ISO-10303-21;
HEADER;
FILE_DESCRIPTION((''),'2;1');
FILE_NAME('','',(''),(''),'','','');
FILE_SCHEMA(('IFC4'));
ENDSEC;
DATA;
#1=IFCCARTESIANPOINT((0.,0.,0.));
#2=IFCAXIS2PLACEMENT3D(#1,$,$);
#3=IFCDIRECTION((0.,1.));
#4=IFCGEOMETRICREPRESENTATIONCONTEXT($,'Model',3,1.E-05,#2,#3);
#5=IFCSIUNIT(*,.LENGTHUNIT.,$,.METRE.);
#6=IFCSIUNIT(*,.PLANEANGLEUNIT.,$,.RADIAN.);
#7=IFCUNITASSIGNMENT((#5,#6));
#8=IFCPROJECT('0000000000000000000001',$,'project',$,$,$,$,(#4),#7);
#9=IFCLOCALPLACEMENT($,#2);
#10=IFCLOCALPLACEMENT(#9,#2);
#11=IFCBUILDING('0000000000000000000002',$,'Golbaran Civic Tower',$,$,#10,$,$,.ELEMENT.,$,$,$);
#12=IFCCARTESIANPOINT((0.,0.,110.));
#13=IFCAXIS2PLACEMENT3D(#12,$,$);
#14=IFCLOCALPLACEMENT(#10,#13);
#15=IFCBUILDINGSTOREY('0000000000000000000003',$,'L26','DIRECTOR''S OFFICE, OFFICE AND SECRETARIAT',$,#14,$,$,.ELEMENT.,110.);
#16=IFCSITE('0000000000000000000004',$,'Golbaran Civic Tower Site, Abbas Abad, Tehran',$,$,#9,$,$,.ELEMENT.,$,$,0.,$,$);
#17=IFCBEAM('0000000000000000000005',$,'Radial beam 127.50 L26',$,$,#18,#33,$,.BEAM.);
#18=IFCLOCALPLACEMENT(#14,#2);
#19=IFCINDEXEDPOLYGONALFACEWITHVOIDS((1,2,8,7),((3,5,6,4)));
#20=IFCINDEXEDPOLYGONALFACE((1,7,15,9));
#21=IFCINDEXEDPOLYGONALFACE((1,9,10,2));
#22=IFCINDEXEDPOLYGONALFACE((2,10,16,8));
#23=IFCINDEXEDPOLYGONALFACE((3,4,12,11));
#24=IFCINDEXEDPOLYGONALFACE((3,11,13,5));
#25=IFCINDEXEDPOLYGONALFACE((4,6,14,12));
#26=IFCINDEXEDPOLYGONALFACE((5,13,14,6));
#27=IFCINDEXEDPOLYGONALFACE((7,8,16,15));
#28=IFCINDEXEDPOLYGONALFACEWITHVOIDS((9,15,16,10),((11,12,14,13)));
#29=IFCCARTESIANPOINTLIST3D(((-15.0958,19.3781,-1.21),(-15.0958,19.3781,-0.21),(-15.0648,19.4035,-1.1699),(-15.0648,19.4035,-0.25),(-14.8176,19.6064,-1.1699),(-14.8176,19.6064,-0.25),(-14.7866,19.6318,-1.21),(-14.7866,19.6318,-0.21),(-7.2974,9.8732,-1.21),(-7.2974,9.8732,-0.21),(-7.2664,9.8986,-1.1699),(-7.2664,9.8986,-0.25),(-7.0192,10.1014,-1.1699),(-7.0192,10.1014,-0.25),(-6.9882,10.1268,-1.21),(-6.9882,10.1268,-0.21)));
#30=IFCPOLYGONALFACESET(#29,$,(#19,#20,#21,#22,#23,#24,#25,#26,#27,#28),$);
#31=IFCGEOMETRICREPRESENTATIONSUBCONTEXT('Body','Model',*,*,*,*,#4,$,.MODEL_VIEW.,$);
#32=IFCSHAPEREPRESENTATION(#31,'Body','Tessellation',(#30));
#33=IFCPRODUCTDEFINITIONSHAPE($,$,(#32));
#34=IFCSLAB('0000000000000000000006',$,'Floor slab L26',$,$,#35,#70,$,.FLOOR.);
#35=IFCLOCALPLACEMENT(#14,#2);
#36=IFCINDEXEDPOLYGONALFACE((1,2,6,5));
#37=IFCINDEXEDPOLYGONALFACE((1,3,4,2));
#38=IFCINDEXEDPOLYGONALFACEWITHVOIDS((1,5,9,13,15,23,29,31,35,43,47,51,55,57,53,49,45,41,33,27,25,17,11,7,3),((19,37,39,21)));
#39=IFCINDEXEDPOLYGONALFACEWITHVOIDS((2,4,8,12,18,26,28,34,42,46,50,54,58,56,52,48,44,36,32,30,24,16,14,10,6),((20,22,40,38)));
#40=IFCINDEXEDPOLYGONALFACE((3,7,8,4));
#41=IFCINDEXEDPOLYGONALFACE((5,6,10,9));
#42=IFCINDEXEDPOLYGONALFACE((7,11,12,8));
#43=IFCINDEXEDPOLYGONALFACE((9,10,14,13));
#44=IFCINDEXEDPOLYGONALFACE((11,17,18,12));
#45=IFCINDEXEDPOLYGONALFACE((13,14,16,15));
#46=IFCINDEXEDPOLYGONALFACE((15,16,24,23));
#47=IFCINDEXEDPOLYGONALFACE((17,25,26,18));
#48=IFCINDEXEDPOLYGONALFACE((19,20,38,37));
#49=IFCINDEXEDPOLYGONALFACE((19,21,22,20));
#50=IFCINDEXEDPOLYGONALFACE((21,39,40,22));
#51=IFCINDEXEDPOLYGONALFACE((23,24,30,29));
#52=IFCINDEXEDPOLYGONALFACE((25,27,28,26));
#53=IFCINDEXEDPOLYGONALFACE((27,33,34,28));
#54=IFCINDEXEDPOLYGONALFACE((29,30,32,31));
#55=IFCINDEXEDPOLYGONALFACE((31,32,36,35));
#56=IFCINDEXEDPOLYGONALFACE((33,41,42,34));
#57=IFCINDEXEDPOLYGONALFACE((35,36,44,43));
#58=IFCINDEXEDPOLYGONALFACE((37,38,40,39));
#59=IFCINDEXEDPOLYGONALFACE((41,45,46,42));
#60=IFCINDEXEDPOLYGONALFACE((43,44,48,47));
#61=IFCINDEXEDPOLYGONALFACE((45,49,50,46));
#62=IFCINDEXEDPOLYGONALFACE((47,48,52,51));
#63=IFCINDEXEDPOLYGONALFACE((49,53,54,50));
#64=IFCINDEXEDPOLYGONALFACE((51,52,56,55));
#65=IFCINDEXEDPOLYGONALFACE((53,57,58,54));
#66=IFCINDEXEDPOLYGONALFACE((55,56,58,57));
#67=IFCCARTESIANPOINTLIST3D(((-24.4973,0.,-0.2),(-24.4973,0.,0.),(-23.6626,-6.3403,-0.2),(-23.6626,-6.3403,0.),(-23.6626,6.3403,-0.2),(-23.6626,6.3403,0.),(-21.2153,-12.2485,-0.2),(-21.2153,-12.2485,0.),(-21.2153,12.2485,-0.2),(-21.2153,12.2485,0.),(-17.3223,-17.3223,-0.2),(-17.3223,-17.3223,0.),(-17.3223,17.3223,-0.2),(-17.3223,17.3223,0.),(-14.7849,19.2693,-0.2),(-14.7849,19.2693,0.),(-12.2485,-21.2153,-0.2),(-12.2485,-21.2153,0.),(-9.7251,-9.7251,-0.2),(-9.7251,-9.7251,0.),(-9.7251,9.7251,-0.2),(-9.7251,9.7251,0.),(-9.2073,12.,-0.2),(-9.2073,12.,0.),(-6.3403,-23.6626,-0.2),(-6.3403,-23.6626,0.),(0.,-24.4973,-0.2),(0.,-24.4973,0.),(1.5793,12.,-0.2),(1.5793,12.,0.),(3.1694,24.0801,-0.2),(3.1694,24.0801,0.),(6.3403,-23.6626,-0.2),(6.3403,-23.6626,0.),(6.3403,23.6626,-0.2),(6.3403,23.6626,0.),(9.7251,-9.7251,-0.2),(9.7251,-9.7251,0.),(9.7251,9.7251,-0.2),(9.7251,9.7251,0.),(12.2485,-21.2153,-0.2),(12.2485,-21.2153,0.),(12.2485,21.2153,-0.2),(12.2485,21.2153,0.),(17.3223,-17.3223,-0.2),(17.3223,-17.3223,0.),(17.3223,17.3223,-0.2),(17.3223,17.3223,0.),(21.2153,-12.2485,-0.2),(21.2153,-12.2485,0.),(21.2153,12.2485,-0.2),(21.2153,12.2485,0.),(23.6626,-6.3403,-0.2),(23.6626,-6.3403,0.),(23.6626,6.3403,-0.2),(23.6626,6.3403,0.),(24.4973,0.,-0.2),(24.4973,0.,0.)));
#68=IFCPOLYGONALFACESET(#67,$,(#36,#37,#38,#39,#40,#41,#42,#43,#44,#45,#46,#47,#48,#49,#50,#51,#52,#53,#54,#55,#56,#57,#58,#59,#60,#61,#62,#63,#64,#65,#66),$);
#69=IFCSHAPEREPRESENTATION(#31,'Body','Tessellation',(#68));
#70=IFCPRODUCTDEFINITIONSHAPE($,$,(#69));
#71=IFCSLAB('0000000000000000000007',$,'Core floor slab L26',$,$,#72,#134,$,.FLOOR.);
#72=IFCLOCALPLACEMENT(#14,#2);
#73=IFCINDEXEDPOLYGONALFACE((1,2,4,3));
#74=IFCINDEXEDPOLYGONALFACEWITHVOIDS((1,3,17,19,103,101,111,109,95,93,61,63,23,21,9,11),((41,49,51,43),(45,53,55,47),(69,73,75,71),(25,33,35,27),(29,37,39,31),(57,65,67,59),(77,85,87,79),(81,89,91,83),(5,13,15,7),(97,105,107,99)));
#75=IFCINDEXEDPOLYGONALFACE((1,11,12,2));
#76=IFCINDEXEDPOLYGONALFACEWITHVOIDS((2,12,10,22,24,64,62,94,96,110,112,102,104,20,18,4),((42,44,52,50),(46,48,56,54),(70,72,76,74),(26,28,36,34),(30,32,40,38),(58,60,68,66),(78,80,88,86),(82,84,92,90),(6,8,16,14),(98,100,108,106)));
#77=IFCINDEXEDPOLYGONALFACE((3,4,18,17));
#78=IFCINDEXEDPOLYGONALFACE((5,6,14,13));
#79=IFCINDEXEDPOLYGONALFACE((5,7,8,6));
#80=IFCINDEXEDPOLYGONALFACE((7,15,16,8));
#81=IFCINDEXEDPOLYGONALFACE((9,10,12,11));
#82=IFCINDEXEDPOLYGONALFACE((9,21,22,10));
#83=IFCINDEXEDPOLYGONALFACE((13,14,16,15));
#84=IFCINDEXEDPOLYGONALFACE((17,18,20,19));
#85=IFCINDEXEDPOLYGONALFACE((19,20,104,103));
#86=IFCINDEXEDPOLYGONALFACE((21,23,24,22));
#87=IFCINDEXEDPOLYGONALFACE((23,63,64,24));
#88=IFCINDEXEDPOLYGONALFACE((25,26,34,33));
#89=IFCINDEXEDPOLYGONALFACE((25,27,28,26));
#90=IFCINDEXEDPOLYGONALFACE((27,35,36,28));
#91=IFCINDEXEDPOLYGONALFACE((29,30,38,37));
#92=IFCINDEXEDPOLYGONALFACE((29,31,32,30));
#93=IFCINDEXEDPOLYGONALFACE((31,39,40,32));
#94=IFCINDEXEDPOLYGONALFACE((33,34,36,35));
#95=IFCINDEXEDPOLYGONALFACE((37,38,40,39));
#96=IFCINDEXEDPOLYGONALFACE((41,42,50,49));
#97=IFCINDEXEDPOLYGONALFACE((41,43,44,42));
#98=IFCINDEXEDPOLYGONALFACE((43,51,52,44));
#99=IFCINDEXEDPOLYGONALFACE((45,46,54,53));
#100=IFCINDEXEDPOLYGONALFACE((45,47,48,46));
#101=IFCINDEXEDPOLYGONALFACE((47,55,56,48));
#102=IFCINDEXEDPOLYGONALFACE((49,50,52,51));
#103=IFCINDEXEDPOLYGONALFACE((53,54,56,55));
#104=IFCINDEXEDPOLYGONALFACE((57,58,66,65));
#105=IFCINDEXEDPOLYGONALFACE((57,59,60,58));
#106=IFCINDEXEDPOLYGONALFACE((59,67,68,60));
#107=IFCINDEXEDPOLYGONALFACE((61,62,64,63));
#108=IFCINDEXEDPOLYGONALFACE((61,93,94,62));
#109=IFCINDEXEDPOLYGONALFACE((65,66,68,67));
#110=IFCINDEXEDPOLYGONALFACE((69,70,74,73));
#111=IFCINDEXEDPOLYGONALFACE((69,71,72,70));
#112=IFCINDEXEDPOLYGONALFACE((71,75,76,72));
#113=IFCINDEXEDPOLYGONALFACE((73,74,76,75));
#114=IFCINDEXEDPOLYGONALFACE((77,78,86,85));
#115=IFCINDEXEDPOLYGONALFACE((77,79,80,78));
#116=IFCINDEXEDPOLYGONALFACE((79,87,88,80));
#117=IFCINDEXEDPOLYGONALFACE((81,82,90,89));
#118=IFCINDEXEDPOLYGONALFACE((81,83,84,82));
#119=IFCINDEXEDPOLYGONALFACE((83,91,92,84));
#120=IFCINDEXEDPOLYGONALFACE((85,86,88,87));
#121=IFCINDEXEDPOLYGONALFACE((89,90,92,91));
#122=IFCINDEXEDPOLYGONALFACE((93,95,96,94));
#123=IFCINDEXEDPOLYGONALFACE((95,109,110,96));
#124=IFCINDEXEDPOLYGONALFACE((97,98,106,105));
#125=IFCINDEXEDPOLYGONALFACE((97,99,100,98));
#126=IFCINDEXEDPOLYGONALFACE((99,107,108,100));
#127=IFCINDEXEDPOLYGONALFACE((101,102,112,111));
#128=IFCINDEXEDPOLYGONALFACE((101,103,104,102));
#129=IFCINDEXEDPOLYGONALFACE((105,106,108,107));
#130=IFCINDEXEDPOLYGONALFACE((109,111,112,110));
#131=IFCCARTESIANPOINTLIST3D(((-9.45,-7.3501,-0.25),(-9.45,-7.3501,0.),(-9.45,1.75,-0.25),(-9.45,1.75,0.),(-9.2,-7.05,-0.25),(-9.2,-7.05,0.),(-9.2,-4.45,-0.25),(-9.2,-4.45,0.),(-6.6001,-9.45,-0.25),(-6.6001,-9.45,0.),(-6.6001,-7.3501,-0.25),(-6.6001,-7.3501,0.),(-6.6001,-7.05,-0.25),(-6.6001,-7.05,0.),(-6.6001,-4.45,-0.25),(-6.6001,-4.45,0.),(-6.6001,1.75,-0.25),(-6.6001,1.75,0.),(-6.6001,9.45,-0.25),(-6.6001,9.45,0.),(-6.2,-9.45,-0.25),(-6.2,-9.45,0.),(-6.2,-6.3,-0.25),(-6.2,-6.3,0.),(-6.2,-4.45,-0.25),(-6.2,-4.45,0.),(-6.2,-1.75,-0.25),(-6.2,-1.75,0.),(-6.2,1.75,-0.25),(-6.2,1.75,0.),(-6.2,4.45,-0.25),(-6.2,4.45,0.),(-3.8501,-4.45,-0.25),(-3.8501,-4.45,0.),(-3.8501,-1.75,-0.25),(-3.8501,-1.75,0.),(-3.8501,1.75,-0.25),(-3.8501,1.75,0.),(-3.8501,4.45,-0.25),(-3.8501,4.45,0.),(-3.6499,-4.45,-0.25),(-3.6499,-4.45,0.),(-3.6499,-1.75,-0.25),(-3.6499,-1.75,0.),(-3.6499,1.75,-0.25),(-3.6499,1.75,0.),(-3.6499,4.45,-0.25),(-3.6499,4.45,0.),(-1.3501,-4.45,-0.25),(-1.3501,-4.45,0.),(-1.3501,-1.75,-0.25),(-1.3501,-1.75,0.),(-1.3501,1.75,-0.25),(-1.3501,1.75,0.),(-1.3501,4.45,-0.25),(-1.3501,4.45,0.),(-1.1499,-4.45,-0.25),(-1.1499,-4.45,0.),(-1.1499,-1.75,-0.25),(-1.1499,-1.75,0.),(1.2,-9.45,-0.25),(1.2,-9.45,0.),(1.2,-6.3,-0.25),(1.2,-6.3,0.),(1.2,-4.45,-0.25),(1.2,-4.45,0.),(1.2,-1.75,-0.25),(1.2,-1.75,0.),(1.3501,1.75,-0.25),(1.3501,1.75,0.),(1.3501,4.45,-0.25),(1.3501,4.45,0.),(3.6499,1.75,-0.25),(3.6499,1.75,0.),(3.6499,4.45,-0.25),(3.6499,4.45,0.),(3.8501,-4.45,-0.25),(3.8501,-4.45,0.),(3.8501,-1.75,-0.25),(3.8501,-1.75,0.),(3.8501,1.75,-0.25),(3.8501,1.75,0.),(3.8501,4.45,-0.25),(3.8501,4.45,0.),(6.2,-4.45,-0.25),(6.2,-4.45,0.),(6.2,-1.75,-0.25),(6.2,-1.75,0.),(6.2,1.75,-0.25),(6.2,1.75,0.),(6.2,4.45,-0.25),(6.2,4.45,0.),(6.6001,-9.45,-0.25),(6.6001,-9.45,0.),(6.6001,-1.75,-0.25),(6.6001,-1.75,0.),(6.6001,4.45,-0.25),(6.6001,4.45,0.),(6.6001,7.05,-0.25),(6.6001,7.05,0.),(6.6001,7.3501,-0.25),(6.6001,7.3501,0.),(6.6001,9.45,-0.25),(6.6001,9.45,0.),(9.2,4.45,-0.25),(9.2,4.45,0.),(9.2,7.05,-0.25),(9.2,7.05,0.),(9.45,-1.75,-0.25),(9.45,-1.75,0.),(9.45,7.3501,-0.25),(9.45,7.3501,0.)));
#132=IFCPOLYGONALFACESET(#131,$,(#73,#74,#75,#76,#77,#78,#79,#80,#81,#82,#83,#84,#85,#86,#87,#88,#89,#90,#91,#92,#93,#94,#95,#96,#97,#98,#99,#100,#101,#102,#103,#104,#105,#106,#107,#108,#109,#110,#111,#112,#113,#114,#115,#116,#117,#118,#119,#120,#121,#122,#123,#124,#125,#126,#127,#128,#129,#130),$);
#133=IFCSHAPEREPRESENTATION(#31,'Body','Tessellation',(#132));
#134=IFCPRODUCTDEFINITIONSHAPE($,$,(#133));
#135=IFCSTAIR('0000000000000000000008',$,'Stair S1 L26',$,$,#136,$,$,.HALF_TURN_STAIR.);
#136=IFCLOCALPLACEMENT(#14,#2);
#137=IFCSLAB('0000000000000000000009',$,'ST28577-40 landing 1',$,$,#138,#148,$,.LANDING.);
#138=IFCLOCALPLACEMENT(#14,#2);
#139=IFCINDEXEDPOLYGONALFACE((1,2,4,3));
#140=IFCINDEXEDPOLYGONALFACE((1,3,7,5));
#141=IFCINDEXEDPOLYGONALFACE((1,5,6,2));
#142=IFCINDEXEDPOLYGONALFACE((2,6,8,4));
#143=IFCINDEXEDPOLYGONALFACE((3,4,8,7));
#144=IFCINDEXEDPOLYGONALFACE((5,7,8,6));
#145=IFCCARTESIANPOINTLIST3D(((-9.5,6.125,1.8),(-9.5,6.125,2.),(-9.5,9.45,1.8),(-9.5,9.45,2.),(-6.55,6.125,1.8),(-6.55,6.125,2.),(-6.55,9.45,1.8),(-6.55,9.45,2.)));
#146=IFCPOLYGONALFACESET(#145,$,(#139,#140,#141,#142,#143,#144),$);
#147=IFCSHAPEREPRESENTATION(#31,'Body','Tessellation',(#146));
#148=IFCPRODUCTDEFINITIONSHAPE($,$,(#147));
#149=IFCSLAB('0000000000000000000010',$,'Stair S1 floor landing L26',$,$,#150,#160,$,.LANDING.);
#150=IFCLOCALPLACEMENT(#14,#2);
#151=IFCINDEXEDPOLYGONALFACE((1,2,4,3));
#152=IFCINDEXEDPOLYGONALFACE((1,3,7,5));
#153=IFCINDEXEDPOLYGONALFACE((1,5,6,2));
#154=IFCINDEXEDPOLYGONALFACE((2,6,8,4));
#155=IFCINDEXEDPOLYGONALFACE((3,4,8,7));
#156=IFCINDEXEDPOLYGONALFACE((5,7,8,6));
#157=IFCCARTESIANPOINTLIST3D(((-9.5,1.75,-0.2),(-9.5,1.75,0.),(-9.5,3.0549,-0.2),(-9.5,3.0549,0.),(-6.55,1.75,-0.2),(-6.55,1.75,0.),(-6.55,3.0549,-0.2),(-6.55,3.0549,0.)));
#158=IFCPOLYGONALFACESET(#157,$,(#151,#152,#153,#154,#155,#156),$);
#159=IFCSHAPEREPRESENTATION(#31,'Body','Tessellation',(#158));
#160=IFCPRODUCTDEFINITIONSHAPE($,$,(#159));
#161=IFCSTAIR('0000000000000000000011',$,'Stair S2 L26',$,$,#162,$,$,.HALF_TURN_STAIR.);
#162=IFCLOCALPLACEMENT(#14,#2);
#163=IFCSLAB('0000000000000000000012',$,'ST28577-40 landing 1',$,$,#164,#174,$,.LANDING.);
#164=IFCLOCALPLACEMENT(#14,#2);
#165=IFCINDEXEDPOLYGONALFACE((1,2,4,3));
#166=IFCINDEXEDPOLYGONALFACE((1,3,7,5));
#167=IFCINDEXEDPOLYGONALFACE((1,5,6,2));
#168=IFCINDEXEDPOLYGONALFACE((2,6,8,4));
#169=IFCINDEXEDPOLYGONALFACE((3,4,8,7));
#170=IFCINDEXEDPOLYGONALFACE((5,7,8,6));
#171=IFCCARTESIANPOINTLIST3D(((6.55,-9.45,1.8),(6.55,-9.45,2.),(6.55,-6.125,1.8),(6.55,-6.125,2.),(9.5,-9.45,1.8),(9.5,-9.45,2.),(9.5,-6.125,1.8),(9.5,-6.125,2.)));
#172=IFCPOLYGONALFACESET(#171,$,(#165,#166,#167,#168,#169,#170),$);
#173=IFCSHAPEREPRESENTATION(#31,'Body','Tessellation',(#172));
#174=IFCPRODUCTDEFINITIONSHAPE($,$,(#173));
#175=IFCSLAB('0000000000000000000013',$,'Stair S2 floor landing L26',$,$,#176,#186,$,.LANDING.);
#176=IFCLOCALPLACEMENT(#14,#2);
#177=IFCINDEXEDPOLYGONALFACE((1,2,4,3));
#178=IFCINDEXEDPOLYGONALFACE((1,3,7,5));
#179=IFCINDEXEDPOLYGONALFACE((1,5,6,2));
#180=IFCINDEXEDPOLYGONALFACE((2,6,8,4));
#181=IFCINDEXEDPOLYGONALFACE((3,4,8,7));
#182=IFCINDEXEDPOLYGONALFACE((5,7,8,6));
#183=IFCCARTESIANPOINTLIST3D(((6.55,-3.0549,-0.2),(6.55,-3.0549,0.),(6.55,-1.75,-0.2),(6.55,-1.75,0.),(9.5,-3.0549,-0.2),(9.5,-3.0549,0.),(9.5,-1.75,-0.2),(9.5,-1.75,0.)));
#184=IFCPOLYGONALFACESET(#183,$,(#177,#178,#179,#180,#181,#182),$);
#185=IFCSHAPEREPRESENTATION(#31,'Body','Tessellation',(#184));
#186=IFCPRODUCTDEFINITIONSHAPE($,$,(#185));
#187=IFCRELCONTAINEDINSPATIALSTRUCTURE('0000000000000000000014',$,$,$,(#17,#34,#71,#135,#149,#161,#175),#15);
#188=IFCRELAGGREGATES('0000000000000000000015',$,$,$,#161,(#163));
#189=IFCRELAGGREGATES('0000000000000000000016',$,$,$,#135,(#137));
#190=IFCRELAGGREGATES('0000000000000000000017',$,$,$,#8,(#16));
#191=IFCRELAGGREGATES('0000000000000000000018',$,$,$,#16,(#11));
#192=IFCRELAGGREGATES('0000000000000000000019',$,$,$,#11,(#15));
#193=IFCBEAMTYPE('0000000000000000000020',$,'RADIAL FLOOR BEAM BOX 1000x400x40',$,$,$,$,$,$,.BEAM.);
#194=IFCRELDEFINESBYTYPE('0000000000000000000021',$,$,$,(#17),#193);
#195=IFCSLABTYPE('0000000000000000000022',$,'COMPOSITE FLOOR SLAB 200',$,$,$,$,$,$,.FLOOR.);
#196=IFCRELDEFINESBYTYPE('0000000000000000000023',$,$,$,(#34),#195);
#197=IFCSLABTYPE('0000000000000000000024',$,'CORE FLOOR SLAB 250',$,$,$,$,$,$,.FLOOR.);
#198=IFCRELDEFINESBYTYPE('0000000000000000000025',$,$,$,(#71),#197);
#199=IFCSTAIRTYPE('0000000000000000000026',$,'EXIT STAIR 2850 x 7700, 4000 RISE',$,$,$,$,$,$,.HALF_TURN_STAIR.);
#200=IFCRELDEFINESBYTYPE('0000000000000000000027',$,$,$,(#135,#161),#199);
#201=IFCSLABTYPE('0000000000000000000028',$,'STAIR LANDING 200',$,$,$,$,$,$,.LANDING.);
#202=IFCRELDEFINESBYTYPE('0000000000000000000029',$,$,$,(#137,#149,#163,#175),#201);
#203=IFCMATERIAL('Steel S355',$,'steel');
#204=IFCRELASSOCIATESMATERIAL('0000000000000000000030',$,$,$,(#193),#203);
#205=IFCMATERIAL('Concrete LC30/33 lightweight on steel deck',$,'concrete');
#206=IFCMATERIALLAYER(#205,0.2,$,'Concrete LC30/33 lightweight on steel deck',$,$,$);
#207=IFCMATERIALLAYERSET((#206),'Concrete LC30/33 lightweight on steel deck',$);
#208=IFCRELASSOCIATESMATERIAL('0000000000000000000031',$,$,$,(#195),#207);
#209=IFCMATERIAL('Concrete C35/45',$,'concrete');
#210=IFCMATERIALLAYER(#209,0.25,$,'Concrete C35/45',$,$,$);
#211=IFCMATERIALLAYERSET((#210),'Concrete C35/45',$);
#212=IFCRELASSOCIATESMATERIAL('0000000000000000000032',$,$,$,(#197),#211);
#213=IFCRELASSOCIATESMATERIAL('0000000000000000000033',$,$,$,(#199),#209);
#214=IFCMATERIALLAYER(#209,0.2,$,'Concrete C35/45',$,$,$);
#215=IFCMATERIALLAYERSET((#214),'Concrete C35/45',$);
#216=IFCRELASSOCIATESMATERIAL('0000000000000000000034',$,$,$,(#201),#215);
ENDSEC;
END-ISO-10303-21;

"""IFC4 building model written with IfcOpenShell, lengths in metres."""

from ifc_helpers import new_model, si_unit, direction, frame, origin, origin_2d, place, context, subcontext, project, spatial, polyline, hollow_rectangle, outline, extrude, material, layer, layer_set, material_profile, profile_set, type_object, element, aggregate, save


model = new_model("IFC4")

# Units and contexts
model_context = context("Model", 3, precision=1e-05, world=origin(), true_north=direction((0.0, 1.0)))
body_context = subcontext(model_context, "Body", "Model", "MODEL_VIEW")
ifc_project = project(units=[si_unit("LENGTHUNIT", "METRE"), si_unit("PLANEANGLEUNIT", "RADIAN")], contexts=[model_context])

# Site, building, storey
site_placement = place(None, origin())
site = spatial("IfcSite", under=ifc_project, at=site_placement, Name="Golbaran Civic Tower Site, Abbas Abad, Tehran", CompositionType="ELEMENT", RefElevation=0.0)
building_placement = place(site_placement, origin())
building = spatial("IfcBuilding", under=site, at=building_placement, Name="Golbaran Civic Tower", CompositionType="ELEMENT")
storey_placement = place(building_placement, frame((0.0, 0.0, 110.0)))
storey = spatial("IfcBuildingStorey", under=building, at=storey_placement, Name="L26", Description="DIRECTOR'S OFFICE, OFFICE AND SECRETARIAT", CompositionType="ELEMENT", Elevation=110.0)

# Beam
ifc_material_1 = material(Name="Steel S355", Category="steel")
ifc_material_profile = material_profile(ifc_material_1, hollow_rectangle(XDim=0.3999, YDim=1.0, WallThickness=0.04, at=origin_2d()), Name="BOX 1000x400x40")
ifc_profile_set = profile_set([ifc_material_profile], Name="Steel S355")
beam_type = type_object("IfcBeamType", Name="RADIAL FLOOR BEAM BOX 1000x400x40", PredefinedType="BEAM", material=ifc_profile_set)
beam_placement = place(storey_placement, frame((-7.1428, 10.0, -0.71), z_axis=(-0.63429, 0.773095, 0.0), x_axis=(-0.773095, -0.63429, 0.0)))
element("IfcBeam", 1, at=beam_placement, inside=storey, type_object=beam_type, Name="Radial beam 127.50 L26", PredefinedType="BEAM", context=body_context, shape_type="SweptSolid", body=[
    extrude(hollow_rectangle(XDim=0.3999, YDim=1.0, WallThickness=0.04, at=origin_2d()), origin(), (0.0, 0.0, 1.0), 12.2947),
])

# Slabs
ifc_material_2 = material(Name="Concrete LC30/33 lightweight on steel deck", Category="concrete")
ifc_layer_1 = layer(ifc_material_2, 0.2, Name="Concrete LC30/33 lightweight on steel deck")
ifc_layer_set_1 = layer_set([ifc_layer_1], Name="Concrete LC30/33 lightweight on steel deck")
slab_type_1 = type_object("IfcSlabType", Name="COMPOSITE FLOOR SLAB 200", PredefinedType="FLOOR", material=ifc_layer_set_1)
slab_1_placement = place(storey_placement, frame((0.0, 0.0, -0.2)))
element("IfcSlab", 2, at=slab_1_placement, inside=storey, type_object=slab_type_1, Name="Floor slab L26", PredefinedType="FLOOR", context=body_context, shape_type="SweptSolid", body=[
    extrude(outline(polyline([(17.3223, -17.3223), (12.2485, -21.2153), (6.3403, -23.6626), (0.0, -24.4973), (-6.3403, -23.6626), (-12.2485, -21.2153), (-17.3223, -17.3223), (-21.2153, -12.2485), (-23.6626, -6.3403), (-24.4973, 0.0), (-23.6626, 6.3403), (-21.2153, 12.2485), (-17.3223, 17.3223), (-14.7849, 19.2693), (-9.2073, 12.0), (1.5793, 12.0), (3.1694, 24.0801), (6.3403, 23.6626), (12.2485, 21.2153), (17.3223, 17.3223), (21.2153, 12.2485), (23.6626, 6.3403), (24.4973, 0.0), (23.6626, -6.3403), (21.2153, -12.2485), (17.3223, -17.3223)]), holes=[polyline([(-9.7251, -9.7251), (9.7251, -9.7251), (9.7251, 9.7251), (-9.7251, 9.7251), (-9.7251, -9.7251)])]), origin(), (0.0, 0.0, 1.0), 0.2),
])
ifc_material_3 = material(Name="Concrete C35/45", Category="concrete")
ifc_layer_2 = layer(ifc_material_3, 0.25, Name="Concrete C35/45")
ifc_layer_set_2 = layer_set([ifc_layer_2], Name="Concrete C35/45")
slab_type_2 = type_object("IfcSlabType", Name="CORE FLOOR SLAB 250", PredefinedType="FLOOR", material=ifc_layer_set_2)
slab_2_placement = place(storey_placement, frame((0.0, 0.0, -0.25)))
element("IfcSlab", 3, at=slab_2_placement, inside=storey, type_object=slab_type_2, Name="Core floor slab L26", PredefinedType="FLOOR", context=body_context, shape_type="SweptSolid", body=[
    extrude(outline(polyline([(6.6001, -1.75), (6.6001, -9.45), (1.2, -9.45), (1.2, -6.3), (-6.2, -6.3), (-6.2, -9.45), (-6.6001, -9.45), (-6.6001, -7.3501), (-9.45, -7.3501), (-9.45, 1.75), (-6.6001, 1.75), (-6.6001, 9.45), (6.6001, 9.45), (6.6001, 7.3501), (9.45, 7.3501), (9.45, -1.75), (6.6001, -1.75)]), holes=[polyline([(9.2, 7.05), (6.6001, 7.05), (6.6001, 4.45), (9.2, 4.45), (9.2, 7.05)]), polyline([(6.2, -1.75), (3.8501, -1.75), (3.8501, -4.45), (6.2, -4.45), (6.2, -1.75)]), polyline([(6.2, 4.45), (3.8501, 4.45), (3.8501, 1.75), (6.2, 1.75), (6.2, 4.45)]), polyline([(3.6499, 4.45), (1.3501, 4.45), (1.3501, 1.75), (3.6499, 1.75), (3.6499, 4.45)]), polyline([(1.2, -1.75), (-1.1499, -1.75), (-1.1499, -4.45), (1.2, -4.45), (1.2, -1.75)]), polyline([(-1.3501, 4.45), (-3.6499, 4.45), (-3.6499, 1.75), (-1.3501, 1.75), (-1.3501, 4.45)]), polyline([(-1.3501, -1.75), (-3.6499, -1.75), (-3.6499, -4.45), (-1.3501, -4.45), (-1.3501, -1.75)]), polyline([(-3.8501, -1.75), (-6.2, -1.75), (-6.2, -4.45), (-3.8501, -4.45), (-3.8501, -1.75)]), polyline([(-3.8501, 4.45), (-6.2, 4.45), (-6.2, 1.75), (-3.8501, 1.75), (-3.8501, 4.45)]), polyline([(-6.6001, -4.45), (-9.2, -4.45), (-9.2, -7.05), (-6.6001, -7.05), (-6.6001, -4.45)])]), origin(), (0.0, 0.0, 1.0), 0.25),
])

# Stair, slab
stair_type_1 = type_object("IfcStairType", Name="EXIT STAIR 2850 x 7700, 4000 RISE", PredefinedType="HALF_TURN_STAIR", material=ifc_material_3)
stair_1_placement = place(storey_placement, origin())
stair_1 = element("IfcStair", 4, at=stair_1_placement, inside=storey, type_object=stair_type_1, Name="Stair S1 L26", PredefinedType="HALF_TURN_STAIR")
ifc_layer_3 = layer(ifc_material_3, 0.2, Name="Concrete C35/45")
ifc_layer_set_3 = layer_set([ifc_layer_3], Name="Concrete C35/45")
slab_type_3 = type_object("IfcSlabType", Name="STAIR LANDING 200", PredefinedType="LANDING", material=ifc_layer_set_3)
slab_3_placement = place(storey_placement, frame((0.0, 0.0, 1.8)))
slab_3 = element("IfcSlab", 5, at=slab_3_placement, type_object=slab_type_3, Name="ST28577-40 landing 1", PredefinedType="LANDING", context=body_context, shape_type="SweptSolid", body=[
    extrude(outline(polyline([(-9.5, 6.125), (-9.5, 9.45), (-6.55, 9.45), (-6.55, 6.125), (-9.5, 6.125)])), origin(), (0.0, 0.0, 1.0), 0.2),
])

# Slab
slab_4_placement = place(storey_placement, frame((0.0, 0.0, -0.2)))
element("IfcSlab", 6, at=slab_4_placement, inside=storey, type_object=slab_type_3, Name="Stair S1 floor landing L26", PredefinedType="LANDING", context=body_context, shape_type="SweptSolid", body=[
    extrude(outline(polyline([(-9.5, 1.75), (-9.5, 3.0549), (-6.55, 3.0549), (-6.55, 1.75), (-9.5, 1.75)])), origin(), (0.0, 0.0, 1.0), 0.2),
])

# Stair, slab
stair_2_placement = place(storey_placement, origin())
stair_2 = element("IfcStair", 7, at=stair_2_placement, inside=storey, type_object=stair_type_1, Name="Stair S2 L26", PredefinedType="HALF_TURN_STAIR")
slab_5_placement = place(storey_placement, frame((0.0, 0.0, 1.8)))
slab_5 = element("IfcSlab", 8, at=slab_5_placement, type_object=slab_type_3, Name="ST28577-40 landing 1", PredefinedType="LANDING", context=body_context, shape_type="SweptSolid", body=[
    extrude(outline(polyline([(9.5, -6.125), (9.5, -9.45), (6.55, -9.45), (6.55, -6.125), (9.5, -6.125)])), origin(), (0.0, 0.0, 1.0), 0.2),
])
aggregate(stair_2, [slab_5])

# Slab
slab_6_placement = place(storey_placement, frame((0.0, 0.0, -0.2)))
element("IfcSlab", 9, at=slab_6_placement, inside=storey, type_object=slab_type_3, Name="Stair S2 floor landing L26", PredefinedType="LANDING", context=body_context, shape_type="SweptSolid", body=[
    extrude(outline(polyline([(9.5, -1.75), (9.5, -3.0549), (6.55, -3.0549), (6.55, -1.75), (9.5, -1.75)])), origin(), (0.0, 0.0, 1.0), 0.2),
])

aggregate(stair_1, [slab_3])

save(model, "model.ifc")
